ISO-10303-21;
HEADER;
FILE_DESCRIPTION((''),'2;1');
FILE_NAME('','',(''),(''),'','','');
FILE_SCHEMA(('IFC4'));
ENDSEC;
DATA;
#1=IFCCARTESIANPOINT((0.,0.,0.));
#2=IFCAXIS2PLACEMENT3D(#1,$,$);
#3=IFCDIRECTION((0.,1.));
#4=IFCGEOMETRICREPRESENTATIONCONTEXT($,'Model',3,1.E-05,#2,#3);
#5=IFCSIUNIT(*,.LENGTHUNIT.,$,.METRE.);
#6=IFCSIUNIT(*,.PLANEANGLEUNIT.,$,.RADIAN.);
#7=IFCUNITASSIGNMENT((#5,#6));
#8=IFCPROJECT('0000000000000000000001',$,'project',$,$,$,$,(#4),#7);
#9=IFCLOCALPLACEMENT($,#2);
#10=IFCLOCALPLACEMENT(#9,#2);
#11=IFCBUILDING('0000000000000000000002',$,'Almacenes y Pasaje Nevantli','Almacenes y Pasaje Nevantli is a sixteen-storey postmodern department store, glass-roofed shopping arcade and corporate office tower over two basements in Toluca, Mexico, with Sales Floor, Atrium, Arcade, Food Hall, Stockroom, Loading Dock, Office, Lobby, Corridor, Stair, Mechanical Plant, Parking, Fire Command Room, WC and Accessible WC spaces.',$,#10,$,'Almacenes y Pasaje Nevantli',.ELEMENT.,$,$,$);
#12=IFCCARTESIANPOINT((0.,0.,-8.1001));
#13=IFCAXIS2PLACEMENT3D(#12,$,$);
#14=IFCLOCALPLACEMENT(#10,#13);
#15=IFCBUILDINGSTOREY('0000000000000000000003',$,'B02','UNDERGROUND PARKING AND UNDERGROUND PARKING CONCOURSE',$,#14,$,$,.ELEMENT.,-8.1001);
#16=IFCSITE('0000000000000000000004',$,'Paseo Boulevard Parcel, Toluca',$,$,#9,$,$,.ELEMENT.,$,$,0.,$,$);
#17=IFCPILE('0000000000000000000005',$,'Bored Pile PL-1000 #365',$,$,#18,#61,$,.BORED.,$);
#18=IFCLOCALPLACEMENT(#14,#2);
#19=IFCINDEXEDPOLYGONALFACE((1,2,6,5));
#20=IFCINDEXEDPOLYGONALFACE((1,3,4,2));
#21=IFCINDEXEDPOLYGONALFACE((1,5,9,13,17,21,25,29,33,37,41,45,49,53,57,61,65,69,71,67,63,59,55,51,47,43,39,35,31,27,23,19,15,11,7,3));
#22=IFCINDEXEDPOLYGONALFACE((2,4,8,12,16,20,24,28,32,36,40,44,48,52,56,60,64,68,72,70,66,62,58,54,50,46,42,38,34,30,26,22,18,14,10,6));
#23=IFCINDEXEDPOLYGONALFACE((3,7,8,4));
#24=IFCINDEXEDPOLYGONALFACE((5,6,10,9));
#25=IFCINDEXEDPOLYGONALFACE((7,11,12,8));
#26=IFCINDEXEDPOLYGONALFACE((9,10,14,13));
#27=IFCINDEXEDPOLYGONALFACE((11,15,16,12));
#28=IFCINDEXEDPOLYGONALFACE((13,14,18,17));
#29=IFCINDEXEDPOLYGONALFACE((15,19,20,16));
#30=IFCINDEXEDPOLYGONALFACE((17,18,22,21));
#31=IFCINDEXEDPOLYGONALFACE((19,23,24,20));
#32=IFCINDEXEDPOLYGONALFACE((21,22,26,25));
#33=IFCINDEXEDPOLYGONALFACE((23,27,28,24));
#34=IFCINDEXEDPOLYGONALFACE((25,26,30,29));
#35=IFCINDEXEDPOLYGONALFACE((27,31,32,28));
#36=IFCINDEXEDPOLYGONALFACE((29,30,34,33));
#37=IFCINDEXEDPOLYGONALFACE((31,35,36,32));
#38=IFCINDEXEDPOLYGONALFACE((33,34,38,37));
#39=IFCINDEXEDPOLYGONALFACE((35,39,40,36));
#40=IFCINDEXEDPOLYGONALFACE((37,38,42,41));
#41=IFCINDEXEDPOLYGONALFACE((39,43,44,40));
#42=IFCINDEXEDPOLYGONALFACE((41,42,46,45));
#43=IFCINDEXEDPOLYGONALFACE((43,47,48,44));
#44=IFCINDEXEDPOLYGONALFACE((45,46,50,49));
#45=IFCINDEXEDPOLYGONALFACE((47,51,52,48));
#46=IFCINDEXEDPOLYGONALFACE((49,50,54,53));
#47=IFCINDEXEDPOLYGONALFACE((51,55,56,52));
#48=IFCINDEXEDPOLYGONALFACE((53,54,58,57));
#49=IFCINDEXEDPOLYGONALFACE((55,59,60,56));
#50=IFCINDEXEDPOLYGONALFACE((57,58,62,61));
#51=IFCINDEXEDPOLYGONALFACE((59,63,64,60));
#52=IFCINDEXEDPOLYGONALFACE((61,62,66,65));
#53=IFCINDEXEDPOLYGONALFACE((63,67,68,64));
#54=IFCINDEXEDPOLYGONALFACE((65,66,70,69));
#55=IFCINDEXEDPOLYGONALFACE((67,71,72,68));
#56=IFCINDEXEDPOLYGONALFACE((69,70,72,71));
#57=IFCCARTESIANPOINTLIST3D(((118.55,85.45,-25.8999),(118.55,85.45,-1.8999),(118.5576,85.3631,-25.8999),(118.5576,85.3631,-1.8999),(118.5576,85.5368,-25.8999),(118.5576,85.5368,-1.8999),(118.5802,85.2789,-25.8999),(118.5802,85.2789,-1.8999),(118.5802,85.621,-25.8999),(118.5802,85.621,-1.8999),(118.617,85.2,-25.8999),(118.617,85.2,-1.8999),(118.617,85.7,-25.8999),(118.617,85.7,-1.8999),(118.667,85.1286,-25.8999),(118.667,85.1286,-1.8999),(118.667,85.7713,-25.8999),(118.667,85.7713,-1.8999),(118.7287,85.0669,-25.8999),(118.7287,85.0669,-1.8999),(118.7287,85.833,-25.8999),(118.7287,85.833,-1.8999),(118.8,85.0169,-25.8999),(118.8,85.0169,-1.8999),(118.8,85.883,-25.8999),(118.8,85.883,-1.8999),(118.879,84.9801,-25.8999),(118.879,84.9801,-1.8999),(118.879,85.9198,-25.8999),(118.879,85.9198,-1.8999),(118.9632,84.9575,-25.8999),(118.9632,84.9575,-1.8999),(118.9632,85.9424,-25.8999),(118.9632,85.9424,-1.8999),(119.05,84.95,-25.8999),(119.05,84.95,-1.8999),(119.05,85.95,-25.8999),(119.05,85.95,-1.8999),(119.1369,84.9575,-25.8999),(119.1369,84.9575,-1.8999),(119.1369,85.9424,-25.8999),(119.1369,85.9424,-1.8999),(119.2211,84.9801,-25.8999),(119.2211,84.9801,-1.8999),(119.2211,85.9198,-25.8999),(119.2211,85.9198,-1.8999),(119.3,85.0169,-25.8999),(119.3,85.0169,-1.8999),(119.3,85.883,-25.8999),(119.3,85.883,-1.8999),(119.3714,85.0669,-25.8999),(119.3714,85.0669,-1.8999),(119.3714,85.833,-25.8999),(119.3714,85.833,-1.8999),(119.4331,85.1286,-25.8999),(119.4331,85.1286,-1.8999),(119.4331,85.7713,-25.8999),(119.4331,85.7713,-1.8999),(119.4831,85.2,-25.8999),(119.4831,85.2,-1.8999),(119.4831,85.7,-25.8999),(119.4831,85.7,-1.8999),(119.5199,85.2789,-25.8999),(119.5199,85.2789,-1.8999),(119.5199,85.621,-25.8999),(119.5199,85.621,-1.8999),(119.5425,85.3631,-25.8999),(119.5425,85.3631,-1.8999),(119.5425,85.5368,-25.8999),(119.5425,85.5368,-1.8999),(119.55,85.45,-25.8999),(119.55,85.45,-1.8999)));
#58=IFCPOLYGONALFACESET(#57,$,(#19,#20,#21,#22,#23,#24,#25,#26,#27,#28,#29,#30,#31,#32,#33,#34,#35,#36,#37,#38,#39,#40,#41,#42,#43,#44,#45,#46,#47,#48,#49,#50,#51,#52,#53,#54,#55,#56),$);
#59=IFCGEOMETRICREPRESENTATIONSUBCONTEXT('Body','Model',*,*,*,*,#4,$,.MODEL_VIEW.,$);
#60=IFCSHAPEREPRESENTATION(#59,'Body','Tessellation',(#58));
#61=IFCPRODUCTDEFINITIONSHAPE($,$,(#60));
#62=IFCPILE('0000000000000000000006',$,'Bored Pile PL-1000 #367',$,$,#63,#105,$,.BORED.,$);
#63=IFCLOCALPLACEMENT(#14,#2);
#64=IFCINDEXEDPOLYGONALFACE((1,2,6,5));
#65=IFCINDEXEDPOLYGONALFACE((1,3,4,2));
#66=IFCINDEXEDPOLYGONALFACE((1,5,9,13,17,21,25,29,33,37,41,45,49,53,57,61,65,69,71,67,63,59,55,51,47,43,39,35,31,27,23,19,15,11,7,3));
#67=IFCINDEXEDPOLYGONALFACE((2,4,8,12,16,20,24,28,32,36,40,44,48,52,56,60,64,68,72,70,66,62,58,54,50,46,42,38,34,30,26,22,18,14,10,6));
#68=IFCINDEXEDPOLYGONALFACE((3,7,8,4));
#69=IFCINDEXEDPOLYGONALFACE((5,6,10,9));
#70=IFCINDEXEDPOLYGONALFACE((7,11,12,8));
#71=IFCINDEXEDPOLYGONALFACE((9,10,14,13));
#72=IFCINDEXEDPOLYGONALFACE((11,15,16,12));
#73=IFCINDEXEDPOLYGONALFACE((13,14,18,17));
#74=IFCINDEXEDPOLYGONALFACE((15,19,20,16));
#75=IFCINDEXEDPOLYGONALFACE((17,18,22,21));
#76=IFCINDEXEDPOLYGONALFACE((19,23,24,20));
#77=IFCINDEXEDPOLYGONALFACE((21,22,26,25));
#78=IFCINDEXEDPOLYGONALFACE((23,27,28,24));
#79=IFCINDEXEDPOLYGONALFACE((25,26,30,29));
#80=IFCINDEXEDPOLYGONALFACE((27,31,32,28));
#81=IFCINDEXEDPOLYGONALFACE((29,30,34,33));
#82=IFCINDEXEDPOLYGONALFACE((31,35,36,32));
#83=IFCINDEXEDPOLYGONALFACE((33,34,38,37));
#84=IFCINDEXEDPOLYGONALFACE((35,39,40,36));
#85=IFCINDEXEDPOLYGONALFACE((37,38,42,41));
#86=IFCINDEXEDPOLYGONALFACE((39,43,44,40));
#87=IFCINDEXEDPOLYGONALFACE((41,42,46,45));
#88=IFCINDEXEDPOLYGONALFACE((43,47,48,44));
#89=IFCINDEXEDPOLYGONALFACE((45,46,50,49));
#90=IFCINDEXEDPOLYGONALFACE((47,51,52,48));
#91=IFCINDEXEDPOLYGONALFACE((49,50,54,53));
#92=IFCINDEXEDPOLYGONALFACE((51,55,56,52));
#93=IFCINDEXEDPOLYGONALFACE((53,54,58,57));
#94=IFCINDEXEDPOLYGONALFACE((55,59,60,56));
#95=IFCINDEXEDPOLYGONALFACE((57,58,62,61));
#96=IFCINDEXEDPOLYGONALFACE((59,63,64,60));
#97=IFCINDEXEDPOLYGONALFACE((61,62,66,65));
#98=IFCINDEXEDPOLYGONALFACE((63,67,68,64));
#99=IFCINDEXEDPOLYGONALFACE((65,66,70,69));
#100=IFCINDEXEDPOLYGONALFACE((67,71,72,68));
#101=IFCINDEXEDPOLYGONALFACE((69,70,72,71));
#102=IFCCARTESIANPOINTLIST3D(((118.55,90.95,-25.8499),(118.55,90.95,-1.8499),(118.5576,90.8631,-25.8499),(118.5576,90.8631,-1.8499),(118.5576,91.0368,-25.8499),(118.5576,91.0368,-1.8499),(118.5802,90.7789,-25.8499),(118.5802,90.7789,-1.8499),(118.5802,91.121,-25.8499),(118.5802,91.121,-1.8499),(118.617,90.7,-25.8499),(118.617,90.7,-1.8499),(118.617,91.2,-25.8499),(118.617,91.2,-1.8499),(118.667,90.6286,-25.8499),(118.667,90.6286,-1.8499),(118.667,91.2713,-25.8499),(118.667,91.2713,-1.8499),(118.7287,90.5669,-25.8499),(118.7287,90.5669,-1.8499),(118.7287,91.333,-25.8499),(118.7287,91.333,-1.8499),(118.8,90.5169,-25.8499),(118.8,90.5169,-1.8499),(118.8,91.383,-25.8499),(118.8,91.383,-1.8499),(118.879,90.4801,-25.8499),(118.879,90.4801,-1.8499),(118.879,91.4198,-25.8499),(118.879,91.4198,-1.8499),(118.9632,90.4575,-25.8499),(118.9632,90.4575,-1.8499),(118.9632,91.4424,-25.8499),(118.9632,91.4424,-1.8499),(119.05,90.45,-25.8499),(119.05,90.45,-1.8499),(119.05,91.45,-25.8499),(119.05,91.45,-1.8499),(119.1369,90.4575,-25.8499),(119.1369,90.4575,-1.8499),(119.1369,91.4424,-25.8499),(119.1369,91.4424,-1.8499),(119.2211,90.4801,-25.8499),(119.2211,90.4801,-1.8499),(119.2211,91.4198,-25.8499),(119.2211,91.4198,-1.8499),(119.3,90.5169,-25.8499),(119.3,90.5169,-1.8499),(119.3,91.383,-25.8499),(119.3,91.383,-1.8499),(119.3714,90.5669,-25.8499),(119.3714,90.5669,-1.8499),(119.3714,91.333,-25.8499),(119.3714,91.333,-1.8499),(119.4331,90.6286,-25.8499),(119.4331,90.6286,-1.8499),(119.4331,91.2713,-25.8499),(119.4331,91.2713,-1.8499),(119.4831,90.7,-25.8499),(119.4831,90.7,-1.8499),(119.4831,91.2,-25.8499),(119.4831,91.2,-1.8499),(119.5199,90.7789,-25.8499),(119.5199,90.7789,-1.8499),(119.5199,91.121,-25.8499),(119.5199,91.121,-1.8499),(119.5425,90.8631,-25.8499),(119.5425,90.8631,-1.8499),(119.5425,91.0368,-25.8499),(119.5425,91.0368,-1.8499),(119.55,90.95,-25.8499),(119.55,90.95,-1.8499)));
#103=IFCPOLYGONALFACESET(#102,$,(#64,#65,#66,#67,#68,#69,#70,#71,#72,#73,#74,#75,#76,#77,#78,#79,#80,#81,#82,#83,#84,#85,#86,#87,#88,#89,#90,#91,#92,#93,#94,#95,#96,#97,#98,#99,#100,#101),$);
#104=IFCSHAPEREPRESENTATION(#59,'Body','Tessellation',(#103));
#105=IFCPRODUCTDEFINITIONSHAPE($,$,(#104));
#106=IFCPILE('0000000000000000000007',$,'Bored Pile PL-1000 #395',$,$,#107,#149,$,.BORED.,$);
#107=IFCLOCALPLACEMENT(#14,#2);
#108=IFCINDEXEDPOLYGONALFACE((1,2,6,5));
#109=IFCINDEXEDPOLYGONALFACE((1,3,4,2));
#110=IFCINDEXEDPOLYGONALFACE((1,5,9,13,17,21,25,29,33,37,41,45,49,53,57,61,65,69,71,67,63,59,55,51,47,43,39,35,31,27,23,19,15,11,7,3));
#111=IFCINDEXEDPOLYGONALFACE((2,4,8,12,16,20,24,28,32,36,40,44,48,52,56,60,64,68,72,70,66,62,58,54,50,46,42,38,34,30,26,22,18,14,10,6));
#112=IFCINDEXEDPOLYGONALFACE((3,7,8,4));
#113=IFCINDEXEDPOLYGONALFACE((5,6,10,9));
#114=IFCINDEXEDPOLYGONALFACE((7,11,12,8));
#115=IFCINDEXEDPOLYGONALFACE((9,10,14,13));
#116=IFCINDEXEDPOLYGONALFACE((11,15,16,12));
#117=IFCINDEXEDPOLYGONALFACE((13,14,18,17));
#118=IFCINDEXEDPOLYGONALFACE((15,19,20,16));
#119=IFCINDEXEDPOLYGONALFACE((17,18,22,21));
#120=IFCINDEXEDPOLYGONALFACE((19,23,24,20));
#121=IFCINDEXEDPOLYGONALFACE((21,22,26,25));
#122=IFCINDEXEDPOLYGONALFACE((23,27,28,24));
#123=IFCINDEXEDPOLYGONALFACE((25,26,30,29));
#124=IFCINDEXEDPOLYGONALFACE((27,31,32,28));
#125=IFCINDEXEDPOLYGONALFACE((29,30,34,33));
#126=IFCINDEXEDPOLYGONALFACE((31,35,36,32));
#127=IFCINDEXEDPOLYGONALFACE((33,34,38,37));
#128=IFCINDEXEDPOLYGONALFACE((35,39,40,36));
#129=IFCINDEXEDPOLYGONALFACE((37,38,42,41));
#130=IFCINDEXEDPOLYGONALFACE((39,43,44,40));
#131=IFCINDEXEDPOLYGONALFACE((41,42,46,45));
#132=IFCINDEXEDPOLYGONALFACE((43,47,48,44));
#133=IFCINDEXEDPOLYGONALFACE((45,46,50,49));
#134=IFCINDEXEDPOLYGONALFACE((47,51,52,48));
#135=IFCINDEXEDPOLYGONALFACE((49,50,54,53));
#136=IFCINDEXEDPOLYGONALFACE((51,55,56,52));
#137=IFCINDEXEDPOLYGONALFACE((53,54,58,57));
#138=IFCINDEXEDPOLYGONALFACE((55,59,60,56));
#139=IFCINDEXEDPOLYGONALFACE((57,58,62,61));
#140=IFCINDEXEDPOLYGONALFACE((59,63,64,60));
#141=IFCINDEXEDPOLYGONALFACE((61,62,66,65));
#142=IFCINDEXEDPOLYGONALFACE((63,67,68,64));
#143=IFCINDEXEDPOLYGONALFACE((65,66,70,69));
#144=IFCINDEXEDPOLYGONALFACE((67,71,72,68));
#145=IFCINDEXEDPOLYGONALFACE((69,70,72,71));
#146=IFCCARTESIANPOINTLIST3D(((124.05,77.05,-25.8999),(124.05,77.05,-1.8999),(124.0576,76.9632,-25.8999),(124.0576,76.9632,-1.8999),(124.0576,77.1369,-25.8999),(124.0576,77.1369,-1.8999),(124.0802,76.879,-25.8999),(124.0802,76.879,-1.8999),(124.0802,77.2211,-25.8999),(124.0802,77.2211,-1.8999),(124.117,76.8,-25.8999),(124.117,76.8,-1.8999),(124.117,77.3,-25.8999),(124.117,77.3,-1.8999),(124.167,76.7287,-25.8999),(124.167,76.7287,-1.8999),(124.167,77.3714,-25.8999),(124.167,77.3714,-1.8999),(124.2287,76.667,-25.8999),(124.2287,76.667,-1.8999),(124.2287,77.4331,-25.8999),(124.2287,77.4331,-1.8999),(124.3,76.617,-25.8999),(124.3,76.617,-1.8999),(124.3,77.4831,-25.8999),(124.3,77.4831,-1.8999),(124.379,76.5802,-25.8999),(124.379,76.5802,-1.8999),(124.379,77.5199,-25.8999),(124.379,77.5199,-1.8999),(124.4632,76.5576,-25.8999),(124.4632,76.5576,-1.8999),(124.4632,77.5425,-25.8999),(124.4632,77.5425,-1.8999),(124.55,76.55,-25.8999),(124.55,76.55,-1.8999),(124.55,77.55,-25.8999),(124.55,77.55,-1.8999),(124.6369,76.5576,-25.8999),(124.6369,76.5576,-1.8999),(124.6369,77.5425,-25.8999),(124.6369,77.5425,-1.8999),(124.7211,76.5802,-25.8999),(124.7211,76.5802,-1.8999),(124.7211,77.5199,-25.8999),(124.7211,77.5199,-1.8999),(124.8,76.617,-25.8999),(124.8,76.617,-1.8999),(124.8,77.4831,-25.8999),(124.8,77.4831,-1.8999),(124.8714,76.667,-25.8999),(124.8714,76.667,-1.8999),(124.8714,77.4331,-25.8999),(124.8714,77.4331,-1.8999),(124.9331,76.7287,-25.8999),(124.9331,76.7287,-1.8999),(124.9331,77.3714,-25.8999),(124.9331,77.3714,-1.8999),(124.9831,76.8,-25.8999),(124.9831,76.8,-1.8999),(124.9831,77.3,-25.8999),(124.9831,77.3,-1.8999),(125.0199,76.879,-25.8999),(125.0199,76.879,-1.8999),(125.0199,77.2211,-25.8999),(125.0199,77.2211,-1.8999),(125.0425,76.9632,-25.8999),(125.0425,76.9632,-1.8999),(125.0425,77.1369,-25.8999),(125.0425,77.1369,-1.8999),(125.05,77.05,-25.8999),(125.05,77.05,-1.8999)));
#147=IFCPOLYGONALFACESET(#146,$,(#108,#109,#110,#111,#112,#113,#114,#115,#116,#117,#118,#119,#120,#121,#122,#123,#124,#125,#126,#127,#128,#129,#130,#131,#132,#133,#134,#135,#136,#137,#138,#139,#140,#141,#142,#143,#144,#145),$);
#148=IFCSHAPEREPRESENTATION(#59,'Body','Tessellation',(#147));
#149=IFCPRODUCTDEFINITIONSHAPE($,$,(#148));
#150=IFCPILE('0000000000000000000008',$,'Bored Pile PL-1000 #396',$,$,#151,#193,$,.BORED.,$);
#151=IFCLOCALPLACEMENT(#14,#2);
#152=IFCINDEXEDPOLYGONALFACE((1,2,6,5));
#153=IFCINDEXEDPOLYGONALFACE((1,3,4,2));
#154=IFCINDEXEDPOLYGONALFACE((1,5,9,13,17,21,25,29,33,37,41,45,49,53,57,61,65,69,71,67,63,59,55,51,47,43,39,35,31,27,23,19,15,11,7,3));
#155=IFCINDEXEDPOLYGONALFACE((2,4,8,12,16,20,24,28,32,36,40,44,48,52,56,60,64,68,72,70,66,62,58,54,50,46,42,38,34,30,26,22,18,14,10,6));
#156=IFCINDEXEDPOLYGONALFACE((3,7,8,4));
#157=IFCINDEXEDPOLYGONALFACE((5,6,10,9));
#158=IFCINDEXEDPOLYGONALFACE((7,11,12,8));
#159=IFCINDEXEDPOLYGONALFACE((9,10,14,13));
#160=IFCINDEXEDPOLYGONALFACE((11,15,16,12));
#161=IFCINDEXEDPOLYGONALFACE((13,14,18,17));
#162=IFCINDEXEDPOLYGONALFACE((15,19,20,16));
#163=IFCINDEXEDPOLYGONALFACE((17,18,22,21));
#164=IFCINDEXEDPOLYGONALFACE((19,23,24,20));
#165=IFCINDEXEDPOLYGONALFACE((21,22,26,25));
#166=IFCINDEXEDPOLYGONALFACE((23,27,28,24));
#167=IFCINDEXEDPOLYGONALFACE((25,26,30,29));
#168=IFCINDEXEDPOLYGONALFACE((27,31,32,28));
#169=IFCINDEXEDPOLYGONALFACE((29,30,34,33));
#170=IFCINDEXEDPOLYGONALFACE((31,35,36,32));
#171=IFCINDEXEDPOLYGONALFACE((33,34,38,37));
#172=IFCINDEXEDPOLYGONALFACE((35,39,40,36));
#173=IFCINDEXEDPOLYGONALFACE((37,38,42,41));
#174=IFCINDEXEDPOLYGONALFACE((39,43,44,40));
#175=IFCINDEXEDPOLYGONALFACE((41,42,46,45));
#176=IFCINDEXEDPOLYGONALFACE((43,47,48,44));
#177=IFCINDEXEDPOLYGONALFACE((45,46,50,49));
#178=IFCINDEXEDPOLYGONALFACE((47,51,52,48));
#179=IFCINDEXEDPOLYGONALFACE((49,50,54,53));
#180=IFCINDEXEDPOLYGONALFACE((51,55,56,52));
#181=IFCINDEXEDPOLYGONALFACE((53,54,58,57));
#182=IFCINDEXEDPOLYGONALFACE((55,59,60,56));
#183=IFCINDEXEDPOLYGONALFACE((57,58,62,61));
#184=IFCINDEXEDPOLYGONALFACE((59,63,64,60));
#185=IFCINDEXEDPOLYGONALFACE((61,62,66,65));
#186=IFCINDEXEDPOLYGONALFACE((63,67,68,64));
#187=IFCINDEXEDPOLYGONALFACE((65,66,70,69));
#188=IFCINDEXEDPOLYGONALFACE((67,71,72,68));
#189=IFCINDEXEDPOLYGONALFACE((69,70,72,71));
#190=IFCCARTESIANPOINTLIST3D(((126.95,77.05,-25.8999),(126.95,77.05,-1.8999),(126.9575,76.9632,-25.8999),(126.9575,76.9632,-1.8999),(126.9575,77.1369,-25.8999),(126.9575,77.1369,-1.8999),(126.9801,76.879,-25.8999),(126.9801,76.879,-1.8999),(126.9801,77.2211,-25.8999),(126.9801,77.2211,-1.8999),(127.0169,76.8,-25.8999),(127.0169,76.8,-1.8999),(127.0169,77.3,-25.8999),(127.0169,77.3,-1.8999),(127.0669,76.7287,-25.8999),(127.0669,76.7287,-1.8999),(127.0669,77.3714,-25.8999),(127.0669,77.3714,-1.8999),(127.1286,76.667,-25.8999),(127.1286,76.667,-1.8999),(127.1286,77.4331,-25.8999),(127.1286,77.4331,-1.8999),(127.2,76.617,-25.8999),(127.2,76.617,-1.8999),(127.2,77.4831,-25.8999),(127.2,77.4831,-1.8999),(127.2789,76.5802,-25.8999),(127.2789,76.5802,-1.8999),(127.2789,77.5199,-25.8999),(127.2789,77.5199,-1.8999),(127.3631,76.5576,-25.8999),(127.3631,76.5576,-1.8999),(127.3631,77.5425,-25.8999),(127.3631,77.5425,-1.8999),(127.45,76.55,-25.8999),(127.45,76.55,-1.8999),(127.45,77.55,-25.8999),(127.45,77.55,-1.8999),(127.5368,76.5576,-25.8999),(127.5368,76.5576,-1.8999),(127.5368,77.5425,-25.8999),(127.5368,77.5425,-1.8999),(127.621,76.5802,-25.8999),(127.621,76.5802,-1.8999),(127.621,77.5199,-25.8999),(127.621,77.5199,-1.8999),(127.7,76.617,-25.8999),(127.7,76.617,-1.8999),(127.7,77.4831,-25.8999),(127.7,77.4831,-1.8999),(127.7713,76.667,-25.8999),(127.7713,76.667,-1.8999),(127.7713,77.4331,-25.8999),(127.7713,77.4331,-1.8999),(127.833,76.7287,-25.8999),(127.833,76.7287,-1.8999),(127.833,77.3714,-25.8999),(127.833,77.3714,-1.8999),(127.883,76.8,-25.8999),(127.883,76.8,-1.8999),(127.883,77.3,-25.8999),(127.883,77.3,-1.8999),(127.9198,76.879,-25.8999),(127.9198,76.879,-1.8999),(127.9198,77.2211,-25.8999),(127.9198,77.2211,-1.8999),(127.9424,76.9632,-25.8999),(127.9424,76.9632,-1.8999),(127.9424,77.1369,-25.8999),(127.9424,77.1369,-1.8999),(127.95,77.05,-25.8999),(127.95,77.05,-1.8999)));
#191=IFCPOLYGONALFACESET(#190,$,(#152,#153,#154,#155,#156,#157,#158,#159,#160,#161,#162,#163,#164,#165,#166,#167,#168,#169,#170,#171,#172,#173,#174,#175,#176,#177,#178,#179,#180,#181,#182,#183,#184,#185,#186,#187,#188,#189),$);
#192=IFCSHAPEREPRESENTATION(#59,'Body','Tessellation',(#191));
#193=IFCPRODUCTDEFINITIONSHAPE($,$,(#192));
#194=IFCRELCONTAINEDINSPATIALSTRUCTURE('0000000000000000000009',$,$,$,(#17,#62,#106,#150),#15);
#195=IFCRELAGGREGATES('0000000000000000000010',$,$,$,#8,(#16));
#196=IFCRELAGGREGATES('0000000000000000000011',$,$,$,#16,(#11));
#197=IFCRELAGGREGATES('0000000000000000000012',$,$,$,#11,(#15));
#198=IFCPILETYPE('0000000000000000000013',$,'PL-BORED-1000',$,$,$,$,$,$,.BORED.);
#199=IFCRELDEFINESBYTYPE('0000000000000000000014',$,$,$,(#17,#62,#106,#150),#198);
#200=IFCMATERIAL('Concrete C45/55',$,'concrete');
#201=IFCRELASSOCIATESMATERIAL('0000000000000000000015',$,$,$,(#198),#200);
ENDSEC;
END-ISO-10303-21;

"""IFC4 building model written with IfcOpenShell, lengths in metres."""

from ifc_helpers import new_model, si_unit, direction, frame, origin, origin_2d, place, context, subcontext, project, spatial, circle, extrude, material, material_profile, profile_set, type_object, element, save


model = new_model("IFC4")

# Units and contexts
model_context = context("Model", 3, precision=1e-05, world=origin(), true_north=direction((0.0, 1.0)))
body_context = subcontext(model_context, "Body", "Model", "MODEL_VIEW")
ifc_project = project(units=[si_unit("LENGTHUNIT", "METRE"), si_unit("PLANEANGLEUNIT", "RADIAN")], contexts=[model_context])

# Site, building, storey
site_placement = place(None, origin())
site = spatial("IfcSite", under=ifc_project, at=site_placement, Name="Paseo Boulevard Parcel, Toluca", CompositionType="ELEMENT", RefElevation=0.0)
building_placement = place(site_placement, origin())
building = spatial("IfcBuilding", under=site, at=building_placement, Name="Almacenes y Pasaje Nevantli", Description="Almacenes y Pasaje Nevantli is a sixteen-storey postmodern department store, glass-roofed shopping arcade and corporate office tower over two basements in Toluca, Mexico, with Sales Floor, Atrium, Arcade, Food Hall, Stockroom, Loading Dock, Office, Lobby, Corridor, Stair, Mechanical Plant, Parking, Fire Command Room, WC and Accessible WC spaces.", LongName="Almacenes y Pasaje Nevantli", CompositionType="ELEMENT")
storey_placement = place(building_placement, frame((0.0, 0.0, -8.1001)))
storey = spatial("IfcBuildingStorey", under=building, at=storey_placement, Name="B02", Description="UNDERGROUND PARKING AND UNDERGROUND PARKING CONCOURSE", CompositionType="ELEMENT", Elevation=-8.1001)

# Piles
ifc_material_1 = material(Name="Concrete C45/55", Category="concrete")
ifc_material_profile_1 = material_profile(ifc_material_1, circle(Radius=0.5, at=origin_2d()), Name="RC-PILE-D1000")
ifc_profile_set_1 = profile_set([ifc_material_profile_1], Name="Concrete C45/55")
pile_type = type_object("IfcPileType", Name="PL-BORED-1000", PredefinedType="BORED", material=ifc_profile_set_1)
for number, where, z_axis, x_axis, name in (
    (1, (119.05, 85.45, -1.8999), (0.0, 0.0, -1.0), (1.0, 0.0, 0.0), "Bored Pile PL-1000 #365"),
    (2, (119.05, 90.95, -1.8499), (0.0, 0.0, -1.0), (1.0, 0.0, 0.0), "Bored Pile PL-1000 #367"),
    (3, (124.55, 77.05, -1.8999), (0.0, 0.0, -1.0), (1.0, 0.0, 0.0), "Bored Pile PL-1000 #395"),
    (4, (127.45, 77.05, -1.8999), (0.0, 0.0, -1.0), (1.0, 0.0, 0.0), "Bored Pile PL-1000 #396"),
):
    element("IfcPile", number, at=place(storey_placement, frame(where, z_axis=z_axis, x_axis=x_axis)), inside=storey, type_object=pile_type, Name=name, PredefinedType="BORED", context=body_context, shape_type="SweptSolid", body=[
        extrude(circle(Radius=0.5, at=origin_2d()), origin(), (0.0, 0.0, 1.0), 24.0),
    ])

save(model, "model.ifc")
